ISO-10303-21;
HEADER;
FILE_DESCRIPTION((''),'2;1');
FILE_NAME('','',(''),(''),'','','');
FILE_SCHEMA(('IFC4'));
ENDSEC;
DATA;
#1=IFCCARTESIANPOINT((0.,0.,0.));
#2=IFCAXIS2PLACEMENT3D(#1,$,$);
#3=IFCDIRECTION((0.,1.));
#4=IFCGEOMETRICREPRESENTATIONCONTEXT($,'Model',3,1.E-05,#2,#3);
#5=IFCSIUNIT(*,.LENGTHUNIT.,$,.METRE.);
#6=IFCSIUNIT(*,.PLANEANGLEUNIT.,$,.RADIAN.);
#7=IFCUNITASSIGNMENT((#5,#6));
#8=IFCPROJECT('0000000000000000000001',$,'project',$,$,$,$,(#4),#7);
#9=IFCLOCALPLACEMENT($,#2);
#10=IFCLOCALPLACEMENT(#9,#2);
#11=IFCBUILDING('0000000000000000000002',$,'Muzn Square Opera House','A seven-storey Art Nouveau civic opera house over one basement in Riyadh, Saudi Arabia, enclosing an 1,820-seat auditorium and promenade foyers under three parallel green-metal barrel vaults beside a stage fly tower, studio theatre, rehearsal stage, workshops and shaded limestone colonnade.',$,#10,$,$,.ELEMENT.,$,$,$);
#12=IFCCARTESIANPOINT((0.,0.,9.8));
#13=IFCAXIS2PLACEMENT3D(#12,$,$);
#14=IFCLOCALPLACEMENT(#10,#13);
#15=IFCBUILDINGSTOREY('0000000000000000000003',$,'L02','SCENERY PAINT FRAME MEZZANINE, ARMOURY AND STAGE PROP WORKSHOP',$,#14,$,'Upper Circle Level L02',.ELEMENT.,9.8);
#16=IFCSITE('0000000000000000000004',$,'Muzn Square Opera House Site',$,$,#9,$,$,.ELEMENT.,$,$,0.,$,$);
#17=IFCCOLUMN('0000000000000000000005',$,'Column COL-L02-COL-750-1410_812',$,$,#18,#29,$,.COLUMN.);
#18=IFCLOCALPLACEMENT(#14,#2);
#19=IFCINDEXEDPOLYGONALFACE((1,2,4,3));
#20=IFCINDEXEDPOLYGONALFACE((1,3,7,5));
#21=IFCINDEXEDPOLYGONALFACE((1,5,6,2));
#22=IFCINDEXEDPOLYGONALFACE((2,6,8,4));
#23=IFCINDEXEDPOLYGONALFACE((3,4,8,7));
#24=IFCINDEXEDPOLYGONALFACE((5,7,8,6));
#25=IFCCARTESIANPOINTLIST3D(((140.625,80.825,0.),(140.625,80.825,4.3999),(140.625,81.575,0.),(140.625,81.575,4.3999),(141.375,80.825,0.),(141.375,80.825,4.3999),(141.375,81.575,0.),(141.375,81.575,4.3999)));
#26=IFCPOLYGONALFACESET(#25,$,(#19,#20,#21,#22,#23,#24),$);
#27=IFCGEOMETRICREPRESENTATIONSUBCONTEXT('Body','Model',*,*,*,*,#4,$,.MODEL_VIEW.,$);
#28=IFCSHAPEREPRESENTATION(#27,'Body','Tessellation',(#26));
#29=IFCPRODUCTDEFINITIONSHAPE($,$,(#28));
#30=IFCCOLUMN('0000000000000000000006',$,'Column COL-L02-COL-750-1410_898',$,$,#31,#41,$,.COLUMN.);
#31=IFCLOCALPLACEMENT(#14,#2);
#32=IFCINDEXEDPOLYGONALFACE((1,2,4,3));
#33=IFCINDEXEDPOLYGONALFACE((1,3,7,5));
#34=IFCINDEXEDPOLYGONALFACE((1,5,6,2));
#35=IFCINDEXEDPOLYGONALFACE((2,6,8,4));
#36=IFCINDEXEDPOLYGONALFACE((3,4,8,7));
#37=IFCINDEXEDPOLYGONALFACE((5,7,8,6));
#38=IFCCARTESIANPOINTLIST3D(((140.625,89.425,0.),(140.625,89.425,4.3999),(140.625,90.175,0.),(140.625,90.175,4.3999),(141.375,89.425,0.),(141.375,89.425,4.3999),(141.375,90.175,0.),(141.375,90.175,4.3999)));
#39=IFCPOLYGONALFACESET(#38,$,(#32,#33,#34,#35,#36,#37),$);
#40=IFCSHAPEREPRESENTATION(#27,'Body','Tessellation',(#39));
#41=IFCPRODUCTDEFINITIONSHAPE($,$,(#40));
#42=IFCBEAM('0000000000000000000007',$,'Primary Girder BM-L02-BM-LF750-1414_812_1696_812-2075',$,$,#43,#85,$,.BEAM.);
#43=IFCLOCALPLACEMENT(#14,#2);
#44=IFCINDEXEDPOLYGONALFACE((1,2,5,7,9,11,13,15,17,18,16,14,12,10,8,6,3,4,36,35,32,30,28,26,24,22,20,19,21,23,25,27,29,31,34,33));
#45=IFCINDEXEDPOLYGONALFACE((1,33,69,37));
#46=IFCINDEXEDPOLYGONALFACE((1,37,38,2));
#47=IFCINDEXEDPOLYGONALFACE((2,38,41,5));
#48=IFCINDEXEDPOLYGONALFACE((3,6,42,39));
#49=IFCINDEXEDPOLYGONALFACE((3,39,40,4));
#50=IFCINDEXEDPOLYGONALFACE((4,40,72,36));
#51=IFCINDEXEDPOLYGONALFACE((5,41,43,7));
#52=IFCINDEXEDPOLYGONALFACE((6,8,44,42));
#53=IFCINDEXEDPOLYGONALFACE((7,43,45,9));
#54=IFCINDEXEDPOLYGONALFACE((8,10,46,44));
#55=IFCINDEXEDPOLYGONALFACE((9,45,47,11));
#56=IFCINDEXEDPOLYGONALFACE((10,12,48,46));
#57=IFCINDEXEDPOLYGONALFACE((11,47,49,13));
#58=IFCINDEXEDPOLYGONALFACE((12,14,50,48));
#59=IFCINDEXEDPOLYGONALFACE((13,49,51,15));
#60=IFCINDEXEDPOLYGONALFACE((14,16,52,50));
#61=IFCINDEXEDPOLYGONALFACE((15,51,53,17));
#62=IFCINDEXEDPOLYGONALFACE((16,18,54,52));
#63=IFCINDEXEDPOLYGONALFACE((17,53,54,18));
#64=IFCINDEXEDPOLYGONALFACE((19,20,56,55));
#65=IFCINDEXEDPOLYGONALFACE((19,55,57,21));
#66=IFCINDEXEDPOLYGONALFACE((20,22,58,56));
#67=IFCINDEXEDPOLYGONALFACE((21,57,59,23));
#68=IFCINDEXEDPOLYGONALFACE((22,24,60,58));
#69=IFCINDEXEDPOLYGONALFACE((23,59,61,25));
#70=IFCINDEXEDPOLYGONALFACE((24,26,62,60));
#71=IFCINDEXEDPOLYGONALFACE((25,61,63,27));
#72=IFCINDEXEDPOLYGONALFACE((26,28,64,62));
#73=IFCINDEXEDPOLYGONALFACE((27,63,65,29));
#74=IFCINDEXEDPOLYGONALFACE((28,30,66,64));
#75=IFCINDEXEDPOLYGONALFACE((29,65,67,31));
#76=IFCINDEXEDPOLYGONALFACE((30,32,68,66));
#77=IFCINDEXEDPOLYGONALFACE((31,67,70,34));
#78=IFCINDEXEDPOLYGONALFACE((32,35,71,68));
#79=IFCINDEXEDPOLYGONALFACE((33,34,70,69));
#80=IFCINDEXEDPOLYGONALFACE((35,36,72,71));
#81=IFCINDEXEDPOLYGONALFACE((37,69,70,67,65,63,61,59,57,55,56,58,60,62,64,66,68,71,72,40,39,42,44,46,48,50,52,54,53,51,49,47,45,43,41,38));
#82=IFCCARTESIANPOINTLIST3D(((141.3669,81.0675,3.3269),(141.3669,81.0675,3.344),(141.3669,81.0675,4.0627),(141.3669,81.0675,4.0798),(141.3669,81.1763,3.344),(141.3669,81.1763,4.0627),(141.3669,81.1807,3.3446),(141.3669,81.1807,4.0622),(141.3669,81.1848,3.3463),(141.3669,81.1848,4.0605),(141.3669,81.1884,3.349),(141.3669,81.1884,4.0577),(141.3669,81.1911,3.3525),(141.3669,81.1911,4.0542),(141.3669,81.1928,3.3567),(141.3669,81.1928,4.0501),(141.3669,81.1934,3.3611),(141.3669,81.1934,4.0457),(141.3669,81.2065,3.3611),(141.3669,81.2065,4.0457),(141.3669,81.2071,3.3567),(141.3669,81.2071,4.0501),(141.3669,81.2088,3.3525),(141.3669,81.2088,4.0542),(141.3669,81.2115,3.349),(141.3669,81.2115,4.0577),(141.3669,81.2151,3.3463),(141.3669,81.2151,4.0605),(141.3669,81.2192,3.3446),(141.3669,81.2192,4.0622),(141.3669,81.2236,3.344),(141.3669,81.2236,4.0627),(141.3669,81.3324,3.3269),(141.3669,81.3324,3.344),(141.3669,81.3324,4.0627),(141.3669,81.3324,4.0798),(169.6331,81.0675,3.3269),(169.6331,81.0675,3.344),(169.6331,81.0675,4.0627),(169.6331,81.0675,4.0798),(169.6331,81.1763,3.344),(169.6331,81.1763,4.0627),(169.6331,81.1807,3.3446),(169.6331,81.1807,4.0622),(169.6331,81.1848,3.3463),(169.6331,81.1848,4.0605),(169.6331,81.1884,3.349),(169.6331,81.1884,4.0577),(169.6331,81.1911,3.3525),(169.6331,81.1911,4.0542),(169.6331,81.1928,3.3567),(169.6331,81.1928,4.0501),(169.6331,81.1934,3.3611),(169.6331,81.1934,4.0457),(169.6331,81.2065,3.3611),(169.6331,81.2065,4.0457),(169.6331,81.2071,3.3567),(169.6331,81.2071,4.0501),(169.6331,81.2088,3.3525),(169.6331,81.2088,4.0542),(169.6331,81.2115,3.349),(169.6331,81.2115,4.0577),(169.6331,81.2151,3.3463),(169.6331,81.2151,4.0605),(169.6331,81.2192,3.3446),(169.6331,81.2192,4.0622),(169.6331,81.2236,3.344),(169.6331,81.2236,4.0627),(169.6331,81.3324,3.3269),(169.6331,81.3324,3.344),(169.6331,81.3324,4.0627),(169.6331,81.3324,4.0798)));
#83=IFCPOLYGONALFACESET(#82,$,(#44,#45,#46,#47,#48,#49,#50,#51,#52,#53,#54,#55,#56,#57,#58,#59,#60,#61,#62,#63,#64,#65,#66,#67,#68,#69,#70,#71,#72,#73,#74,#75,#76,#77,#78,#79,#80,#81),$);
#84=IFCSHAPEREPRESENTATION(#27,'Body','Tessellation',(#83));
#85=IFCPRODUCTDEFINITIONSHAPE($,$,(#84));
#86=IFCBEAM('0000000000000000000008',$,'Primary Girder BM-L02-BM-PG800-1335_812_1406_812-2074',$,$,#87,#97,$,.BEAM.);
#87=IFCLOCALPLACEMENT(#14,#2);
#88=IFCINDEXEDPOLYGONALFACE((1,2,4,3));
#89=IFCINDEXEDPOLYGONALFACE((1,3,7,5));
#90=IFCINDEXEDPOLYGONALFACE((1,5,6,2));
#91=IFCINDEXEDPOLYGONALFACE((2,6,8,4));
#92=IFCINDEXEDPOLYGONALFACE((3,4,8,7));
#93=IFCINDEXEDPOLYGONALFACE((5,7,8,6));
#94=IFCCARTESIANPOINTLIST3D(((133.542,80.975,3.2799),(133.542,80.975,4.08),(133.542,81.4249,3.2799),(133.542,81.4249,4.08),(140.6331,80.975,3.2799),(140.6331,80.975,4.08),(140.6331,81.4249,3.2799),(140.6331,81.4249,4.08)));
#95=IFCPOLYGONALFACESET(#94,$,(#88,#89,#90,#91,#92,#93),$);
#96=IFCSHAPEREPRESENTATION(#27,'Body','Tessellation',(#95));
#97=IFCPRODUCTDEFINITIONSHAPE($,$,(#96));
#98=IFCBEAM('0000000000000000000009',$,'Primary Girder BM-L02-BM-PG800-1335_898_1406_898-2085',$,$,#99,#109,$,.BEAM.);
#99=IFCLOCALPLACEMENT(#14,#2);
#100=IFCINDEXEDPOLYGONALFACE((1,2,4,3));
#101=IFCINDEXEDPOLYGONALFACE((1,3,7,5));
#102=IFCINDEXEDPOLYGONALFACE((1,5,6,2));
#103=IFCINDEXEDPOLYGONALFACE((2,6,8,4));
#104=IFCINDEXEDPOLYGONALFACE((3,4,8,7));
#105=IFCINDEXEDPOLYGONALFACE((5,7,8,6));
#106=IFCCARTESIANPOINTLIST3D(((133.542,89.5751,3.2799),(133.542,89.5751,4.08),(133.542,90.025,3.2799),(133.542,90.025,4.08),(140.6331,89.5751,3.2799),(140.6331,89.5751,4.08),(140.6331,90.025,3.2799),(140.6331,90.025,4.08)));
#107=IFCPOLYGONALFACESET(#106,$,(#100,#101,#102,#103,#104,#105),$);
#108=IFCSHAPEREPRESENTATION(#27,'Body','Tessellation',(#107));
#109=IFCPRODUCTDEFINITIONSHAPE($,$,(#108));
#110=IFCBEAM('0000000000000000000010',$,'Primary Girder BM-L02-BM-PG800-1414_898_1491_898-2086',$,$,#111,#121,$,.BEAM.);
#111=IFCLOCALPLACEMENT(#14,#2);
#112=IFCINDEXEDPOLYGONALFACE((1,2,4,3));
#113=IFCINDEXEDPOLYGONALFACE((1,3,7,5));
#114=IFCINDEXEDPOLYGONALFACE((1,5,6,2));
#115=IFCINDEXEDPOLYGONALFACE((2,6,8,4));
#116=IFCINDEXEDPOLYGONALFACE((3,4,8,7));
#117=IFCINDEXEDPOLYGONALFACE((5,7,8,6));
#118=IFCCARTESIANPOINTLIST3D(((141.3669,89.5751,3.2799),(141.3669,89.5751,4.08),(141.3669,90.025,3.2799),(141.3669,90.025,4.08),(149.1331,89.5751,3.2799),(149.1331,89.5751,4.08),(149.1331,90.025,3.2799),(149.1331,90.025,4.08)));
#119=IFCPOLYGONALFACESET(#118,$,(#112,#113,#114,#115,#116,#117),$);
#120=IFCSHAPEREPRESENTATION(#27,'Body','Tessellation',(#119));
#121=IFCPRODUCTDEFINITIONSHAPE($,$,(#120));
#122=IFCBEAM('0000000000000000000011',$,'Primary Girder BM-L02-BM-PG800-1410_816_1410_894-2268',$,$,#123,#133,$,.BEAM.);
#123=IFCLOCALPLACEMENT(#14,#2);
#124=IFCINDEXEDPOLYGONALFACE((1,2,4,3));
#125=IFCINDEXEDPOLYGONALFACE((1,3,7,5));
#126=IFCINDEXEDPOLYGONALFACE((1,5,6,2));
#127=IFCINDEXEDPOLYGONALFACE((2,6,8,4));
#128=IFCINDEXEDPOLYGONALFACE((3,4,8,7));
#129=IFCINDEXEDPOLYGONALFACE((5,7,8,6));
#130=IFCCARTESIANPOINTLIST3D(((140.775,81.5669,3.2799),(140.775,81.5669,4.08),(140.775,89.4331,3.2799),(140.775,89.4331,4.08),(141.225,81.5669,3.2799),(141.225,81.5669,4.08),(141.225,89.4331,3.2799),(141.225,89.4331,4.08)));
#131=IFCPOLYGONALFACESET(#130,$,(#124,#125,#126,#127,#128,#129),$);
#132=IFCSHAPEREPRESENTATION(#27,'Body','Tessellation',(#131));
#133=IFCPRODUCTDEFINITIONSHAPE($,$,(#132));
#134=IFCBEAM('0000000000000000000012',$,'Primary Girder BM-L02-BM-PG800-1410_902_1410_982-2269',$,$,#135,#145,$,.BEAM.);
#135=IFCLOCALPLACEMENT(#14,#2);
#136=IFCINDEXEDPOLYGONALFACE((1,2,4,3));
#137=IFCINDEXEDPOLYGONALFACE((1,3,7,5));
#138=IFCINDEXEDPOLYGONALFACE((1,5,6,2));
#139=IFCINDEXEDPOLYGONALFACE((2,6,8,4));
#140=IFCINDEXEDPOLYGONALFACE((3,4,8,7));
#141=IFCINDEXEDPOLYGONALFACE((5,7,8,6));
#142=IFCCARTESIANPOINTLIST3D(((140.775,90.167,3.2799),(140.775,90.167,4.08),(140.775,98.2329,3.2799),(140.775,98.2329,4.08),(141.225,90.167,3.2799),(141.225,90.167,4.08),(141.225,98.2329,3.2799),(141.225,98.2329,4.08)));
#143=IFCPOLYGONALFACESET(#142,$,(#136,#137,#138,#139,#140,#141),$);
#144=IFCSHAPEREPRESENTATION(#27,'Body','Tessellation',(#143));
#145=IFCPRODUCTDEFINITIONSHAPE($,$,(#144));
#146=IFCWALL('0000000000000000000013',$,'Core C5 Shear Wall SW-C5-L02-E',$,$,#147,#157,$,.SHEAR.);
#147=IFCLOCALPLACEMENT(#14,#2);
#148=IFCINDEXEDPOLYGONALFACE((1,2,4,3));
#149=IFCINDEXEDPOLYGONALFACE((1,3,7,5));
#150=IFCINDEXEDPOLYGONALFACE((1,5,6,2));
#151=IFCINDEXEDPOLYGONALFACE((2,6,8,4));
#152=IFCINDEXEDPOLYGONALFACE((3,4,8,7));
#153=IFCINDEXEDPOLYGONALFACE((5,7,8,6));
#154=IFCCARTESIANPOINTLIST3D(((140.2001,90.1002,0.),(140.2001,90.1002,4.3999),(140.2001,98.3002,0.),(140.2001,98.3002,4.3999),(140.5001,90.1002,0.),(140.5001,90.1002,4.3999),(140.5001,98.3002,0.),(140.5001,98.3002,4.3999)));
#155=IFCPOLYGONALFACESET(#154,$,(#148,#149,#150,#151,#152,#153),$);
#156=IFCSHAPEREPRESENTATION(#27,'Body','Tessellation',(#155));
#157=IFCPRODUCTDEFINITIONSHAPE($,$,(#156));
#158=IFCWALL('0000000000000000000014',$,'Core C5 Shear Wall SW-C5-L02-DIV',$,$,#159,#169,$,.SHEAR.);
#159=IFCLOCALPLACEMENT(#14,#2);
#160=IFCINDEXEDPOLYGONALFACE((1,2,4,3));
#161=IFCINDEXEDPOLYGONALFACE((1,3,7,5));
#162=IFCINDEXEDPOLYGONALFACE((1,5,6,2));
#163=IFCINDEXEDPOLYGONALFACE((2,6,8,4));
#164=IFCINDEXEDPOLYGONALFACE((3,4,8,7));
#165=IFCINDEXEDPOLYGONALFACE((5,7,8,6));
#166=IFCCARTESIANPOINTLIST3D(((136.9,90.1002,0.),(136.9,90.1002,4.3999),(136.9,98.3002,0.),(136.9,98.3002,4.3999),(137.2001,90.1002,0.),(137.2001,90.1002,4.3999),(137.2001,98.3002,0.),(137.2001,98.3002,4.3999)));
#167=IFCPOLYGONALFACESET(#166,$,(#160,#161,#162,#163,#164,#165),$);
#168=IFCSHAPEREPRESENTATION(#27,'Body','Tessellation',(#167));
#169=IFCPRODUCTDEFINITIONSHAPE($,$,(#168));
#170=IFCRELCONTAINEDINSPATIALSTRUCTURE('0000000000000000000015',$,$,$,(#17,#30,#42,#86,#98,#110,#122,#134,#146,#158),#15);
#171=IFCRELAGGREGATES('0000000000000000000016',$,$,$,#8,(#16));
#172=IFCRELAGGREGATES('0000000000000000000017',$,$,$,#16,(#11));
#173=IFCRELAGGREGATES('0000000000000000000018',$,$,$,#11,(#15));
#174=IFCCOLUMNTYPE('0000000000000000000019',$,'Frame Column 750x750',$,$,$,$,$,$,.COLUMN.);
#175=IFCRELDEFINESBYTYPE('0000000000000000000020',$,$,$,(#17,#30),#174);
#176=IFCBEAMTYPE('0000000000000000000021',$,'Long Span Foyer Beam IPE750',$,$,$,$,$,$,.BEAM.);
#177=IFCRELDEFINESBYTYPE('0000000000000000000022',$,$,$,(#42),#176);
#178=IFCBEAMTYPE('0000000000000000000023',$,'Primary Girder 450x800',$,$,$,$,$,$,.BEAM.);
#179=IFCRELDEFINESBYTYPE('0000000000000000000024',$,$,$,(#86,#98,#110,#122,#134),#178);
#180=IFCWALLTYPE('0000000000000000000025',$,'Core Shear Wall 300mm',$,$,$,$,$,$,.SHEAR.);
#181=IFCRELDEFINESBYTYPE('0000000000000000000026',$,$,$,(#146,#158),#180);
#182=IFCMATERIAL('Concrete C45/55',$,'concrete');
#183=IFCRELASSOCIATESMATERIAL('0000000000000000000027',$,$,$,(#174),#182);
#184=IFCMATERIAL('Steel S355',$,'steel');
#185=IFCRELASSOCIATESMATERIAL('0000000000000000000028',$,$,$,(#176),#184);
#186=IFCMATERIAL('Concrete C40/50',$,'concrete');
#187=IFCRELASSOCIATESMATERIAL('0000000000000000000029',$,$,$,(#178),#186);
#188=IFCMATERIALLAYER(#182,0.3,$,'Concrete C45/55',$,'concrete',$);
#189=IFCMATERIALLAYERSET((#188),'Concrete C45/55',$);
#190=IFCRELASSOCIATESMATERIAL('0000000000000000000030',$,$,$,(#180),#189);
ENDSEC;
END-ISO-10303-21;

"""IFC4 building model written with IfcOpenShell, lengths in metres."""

from ifc_helpers import new_model, si_unit, direction, frame, frame_2d, origin, origin_2d, place, context, subcontext, project, spatial, rectangle, i_section, extrude, material, layer, layer_set, material_profile, profile_set, type_object, element, save


model = new_model("IFC4")

# Units and contexts
model_context = context("Model", 3, precision=1e-05, world=origin(), true_north=direction((0.0, 1.0)))
body_context = subcontext(model_context, "Body", "Model", "MODEL_VIEW")
ifc_project = project(units=[si_unit("LENGTHUNIT", "METRE"), si_unit("PLANEANGLEUNIT", "RADIAN")], contexts=[model_context])

# Site, building, storey
site_placement = place(None, origin())
site = spatial("IfcSite", under=ifc_project, at=site_placement, Name="Muzn Square Opera House Site", CompositionType="ELEMENT", RefElevation=0.0)
building_placement = place(site_placement, origin())
building = spatial("IfcBuilding", under=site, at=building_placement, Name="Muzn Square Opera House", Description="A seven-storey Art Nouveau civic opera house over one basement in Riyadh, Saudi Arabia, enclosing an 1,820-seat auditorium and promenade foyers under three parallel green-metal barrel vaults beside a stage fly tower, studio theatre, rehearsal stage, workshops and shaded limestone colonnade.", CompositionType="ELEMENT")
storey_placement = place(building_placement, frame((0.0, 0.0, 9.8)))
storey = spatial("IfcBuildingStorey", under=building, at=storey_placement, Name="L02", Description="SCENERY PAINT FRAME MEZZANINE, ARMOURY AND STAGE PROP WORKSHOP", LongName="Upper Circle Level L02", CompositionType="ELEMENT", Elevation=9.8)

# Columns
ifc_material_1 = material(Name="Concrete C45/55", Category="concrete")
ifc_material_profile_1 = material_profile(ifc_material_1, rectangle(XDim=0.75, YDim=0.75, at=origin_2d()), Name="RC 750x750", Category="concrete")
ifc_profile_set_1 = profile_set([ifc_material_profile_1], Name="Concrete C45/55")
column_type = type_object("IfcColumnType", Name="Frame Column 750x750", PredefinedType="COLUMN", material=ifc_profile_set_1)
for number, where, z_axis, x_axis, name in (
    (1, (141.0, 81.2, 0.0), (0.0, 0.0, 1.0), (1.0, 0.0, 0.0), "Column COL-L02-COL-750-1410_812"),
    (2, (141.0, 89.8, 0.0), (0.0, 0.0, 1.0), (1.0, 0.0, 0.0), "Column COL-L02-COL-750-1410_898"),
):
    element("IfcColumn", number, at=place(storey_placement, frame(where, z_axis=z_axis, x_axis=x_axis)), inside=storey, type_object=column_type, Name=name, PredefinedType="COLUMN", context=body_context, shape_type="SweptSolid", body=[
        extrude(rectangle(XDim=0.75, YDim=0.75, at=origin_2d()), origin(), (0.0, 0.0, 1.0), 4.3999),
    ])

# Beams
ifc_material_2 = material(Name="Steel S355", Category="steel")
ifc_material_profile_2 = material_profile(ifc_material_2, i_section(OverallWidth=0.2649, OverallDepth=0.7529, WebThickness=0.0132, FlangeThickness=0.0171, FilletRadius=0.0171, at=origin_2d()), Name="IPE 750x147", Category="steel")
ifc_profile_set_2 = profile_set([ifc_material_profile_2], Name="Steel S355")
beam_type_1 = type_object("IfcBeamType", Name="Long Span Foyer Beam IPE750", PredefinedType="BEAM", material=ifc_profile_set_2)
beam_1_placement = place(storey_placement, frame((141.3669, 81.2, 3.7034), z_axis=(1.0, 0.0, 0.0), x_axis=(0.0, 1.0, 0.0)))
element("IfcBeam", 3, at=beam_1_placement, inside=storey, type_object=beam_type_1, Name="Primary Girder BM-L02-BM-LF750-1414_812_1696_812-2075", PredefinedType="BEAM", context=body_context, shape_type="SweptSolid", body=[
    extrude(i_section(OverallWidth=0.2649, OverallDepth=0.7529, WebThickness=0.0132, FlangeThickness=0.0171, FilletRadius=0.0171, at=origin_2d()), origin(), (0.0, 0.0, 1.0), 28.2661),
])
ifc_material_3 = material(Name="Concrete C40/50", Category="concrete")
ifc_material_profile_3 = material_profile(ifc_material_3, rectangle(XDim=0.45, YDim=0.8, at=origin_2d()), Name="RCB 450x800", Category="concrete")
ifc_profile_set_3 = profile_set([ifc_material_profile_3], Name="Concrete C40/50")
beam_type_2 = type_object("IfcBeamType", Name="Primary Girder 450x800", PredefinedType="BEAM", material=ifc_profile_set_3)
for number, where, z_axis, x_axis, name in (
    (4, (133.542, 81.2, 3.6799), (1.0, 0.0, 0.0), (0.0, 1.0, 0.0), "Primary Girder BM-L02-BM-PG800-1335_812_1406_812-2074"),
    (5, (133.542, 89.8, 3.6799), (1.0, 0.0, 0.0), (0.0, 1.0, 0.0), "Primary Girder BM-L02-BM-PG800-1335_898_1406_898-2085"),
):
    element("IfcBeam", number, at=place(storey_placement, frame(where, z_axis=z_axis, x_axis=x_axis)), inside=storey, type_object=beam_type_2, Name=name, PredefinedType="BEAM", context=body_context, shape_type="SweptSolid", body=[
        extrude(rectangle(XDim=0.45, YDim=0.8, at=origin_2d()), origin(), (0.0, 0.0, 1.0), 7.0911),
    ])
beam_2_placement = place(storey_placement, frame((141.3669, 89.8, 3.6799), z_axis=(1.0, 0.0, 0.0), x_axis=(0.0, 1.0, 0.0)))
element("IfcBeam", 6, at=beam_2_placement, inside=storey, type_object=beam_type_2, Name="Primary Girder BM-L02-BM-PG800-1414_898_1491_898-2086", PredefinedType="BEAM", context=body_context, shape_type="SweptSolid", body=[
    extrude(rectangle(XDim=0.45, YDim=0.8, at=origin_2d()), origin(), (0.0, 0.0, 1.0), 7.7661),
])
beam_3_placement = place(storey_placement, frame((141.0, 81.5669, 3.6799), z_axis=(0.0, 1.0, 0.0), x_axis=(-1.0, 0.0, 0.0)))
element("IfcBeam", 7, at=beam_3_placement, inside=storey, type_object=beam_type_2, Name="Primary Girder BM-L02-BM-PG800-1410_816_1410_894-2268", PredefinedType="BEAM", context=body_context, shape_type="SweptSolid", body=[
    extrude(rectangle(XDim=0.45, YDim=0.8, at=origin_2d()), origin(), (0.0, 0.0, 1.0), 7.8662),
])
beam_4_placement = place(storey_placement, frame((141.0, 90.167, 3.6799), z_axis=(0.0, 1.0, 0.0), x_axis=(-1.0, 0.0, 0.0)))
element("IfcBeam", 8, at=beam_4_placement, inside=storey, type_object=beam_type_2, Name="Primary Girder BM-L02-BM-PG800-1410_902_1410_982-2269", PredefinedType="BEAM", context=body_context, shape_type="SweptSolid", body=[
    extrude(rectangle(XDim=0.45, YDim=0.8, at=origin_2d()), origin(), (0.0, 0.0, 1.0), 8.0659),
])

# Walls
ifc_layer_1 = layer(ifc_material_1, 0.3, Name="Concrete C45/55", Category="concrete")
ifc_layer_set_1 = layer_set([ifc_layer_1], Name="Concrete C45/55")
wall_type_1 = type_object("IfcWallType", Name="Core Shear Wall 300mm", PredefinedType="SHEAR", material=ifc_layer_set_1)
for number, where, z_axis, x_axis, name in (
    (9, (140.3501, 90.1001, 0.0), (0.0, 0.0, 1.0), (0.0, 1.0, 0.0), "Core C5 Shear Wall SW-C5-L02-E"),
    (10, (137.05, 90.1001, 0.0), (0.0, 0.0, 1.0), (0.0, 1.0, 0.0), "Core C5 Shear Wall SW-C5-L02-DIV"),
):
    element("IfcWall", number, at=place(storey_placement, frame(where, z_axis=z_axis, x_axis=x_axis)), inside=storey, type_object=wall_type_1, Name=name, PredefinedType="SHEAR", context=body_context, shape_type="SweptSolid", body=[
        extrude(rectangle(XDim=8.2, YDim=0.3, at=frame_2d((4.1001, 0.0))), origin(), (0.0, 0.0, 1.0), 4.3999),
    ])

save(model, "model.ifc")
